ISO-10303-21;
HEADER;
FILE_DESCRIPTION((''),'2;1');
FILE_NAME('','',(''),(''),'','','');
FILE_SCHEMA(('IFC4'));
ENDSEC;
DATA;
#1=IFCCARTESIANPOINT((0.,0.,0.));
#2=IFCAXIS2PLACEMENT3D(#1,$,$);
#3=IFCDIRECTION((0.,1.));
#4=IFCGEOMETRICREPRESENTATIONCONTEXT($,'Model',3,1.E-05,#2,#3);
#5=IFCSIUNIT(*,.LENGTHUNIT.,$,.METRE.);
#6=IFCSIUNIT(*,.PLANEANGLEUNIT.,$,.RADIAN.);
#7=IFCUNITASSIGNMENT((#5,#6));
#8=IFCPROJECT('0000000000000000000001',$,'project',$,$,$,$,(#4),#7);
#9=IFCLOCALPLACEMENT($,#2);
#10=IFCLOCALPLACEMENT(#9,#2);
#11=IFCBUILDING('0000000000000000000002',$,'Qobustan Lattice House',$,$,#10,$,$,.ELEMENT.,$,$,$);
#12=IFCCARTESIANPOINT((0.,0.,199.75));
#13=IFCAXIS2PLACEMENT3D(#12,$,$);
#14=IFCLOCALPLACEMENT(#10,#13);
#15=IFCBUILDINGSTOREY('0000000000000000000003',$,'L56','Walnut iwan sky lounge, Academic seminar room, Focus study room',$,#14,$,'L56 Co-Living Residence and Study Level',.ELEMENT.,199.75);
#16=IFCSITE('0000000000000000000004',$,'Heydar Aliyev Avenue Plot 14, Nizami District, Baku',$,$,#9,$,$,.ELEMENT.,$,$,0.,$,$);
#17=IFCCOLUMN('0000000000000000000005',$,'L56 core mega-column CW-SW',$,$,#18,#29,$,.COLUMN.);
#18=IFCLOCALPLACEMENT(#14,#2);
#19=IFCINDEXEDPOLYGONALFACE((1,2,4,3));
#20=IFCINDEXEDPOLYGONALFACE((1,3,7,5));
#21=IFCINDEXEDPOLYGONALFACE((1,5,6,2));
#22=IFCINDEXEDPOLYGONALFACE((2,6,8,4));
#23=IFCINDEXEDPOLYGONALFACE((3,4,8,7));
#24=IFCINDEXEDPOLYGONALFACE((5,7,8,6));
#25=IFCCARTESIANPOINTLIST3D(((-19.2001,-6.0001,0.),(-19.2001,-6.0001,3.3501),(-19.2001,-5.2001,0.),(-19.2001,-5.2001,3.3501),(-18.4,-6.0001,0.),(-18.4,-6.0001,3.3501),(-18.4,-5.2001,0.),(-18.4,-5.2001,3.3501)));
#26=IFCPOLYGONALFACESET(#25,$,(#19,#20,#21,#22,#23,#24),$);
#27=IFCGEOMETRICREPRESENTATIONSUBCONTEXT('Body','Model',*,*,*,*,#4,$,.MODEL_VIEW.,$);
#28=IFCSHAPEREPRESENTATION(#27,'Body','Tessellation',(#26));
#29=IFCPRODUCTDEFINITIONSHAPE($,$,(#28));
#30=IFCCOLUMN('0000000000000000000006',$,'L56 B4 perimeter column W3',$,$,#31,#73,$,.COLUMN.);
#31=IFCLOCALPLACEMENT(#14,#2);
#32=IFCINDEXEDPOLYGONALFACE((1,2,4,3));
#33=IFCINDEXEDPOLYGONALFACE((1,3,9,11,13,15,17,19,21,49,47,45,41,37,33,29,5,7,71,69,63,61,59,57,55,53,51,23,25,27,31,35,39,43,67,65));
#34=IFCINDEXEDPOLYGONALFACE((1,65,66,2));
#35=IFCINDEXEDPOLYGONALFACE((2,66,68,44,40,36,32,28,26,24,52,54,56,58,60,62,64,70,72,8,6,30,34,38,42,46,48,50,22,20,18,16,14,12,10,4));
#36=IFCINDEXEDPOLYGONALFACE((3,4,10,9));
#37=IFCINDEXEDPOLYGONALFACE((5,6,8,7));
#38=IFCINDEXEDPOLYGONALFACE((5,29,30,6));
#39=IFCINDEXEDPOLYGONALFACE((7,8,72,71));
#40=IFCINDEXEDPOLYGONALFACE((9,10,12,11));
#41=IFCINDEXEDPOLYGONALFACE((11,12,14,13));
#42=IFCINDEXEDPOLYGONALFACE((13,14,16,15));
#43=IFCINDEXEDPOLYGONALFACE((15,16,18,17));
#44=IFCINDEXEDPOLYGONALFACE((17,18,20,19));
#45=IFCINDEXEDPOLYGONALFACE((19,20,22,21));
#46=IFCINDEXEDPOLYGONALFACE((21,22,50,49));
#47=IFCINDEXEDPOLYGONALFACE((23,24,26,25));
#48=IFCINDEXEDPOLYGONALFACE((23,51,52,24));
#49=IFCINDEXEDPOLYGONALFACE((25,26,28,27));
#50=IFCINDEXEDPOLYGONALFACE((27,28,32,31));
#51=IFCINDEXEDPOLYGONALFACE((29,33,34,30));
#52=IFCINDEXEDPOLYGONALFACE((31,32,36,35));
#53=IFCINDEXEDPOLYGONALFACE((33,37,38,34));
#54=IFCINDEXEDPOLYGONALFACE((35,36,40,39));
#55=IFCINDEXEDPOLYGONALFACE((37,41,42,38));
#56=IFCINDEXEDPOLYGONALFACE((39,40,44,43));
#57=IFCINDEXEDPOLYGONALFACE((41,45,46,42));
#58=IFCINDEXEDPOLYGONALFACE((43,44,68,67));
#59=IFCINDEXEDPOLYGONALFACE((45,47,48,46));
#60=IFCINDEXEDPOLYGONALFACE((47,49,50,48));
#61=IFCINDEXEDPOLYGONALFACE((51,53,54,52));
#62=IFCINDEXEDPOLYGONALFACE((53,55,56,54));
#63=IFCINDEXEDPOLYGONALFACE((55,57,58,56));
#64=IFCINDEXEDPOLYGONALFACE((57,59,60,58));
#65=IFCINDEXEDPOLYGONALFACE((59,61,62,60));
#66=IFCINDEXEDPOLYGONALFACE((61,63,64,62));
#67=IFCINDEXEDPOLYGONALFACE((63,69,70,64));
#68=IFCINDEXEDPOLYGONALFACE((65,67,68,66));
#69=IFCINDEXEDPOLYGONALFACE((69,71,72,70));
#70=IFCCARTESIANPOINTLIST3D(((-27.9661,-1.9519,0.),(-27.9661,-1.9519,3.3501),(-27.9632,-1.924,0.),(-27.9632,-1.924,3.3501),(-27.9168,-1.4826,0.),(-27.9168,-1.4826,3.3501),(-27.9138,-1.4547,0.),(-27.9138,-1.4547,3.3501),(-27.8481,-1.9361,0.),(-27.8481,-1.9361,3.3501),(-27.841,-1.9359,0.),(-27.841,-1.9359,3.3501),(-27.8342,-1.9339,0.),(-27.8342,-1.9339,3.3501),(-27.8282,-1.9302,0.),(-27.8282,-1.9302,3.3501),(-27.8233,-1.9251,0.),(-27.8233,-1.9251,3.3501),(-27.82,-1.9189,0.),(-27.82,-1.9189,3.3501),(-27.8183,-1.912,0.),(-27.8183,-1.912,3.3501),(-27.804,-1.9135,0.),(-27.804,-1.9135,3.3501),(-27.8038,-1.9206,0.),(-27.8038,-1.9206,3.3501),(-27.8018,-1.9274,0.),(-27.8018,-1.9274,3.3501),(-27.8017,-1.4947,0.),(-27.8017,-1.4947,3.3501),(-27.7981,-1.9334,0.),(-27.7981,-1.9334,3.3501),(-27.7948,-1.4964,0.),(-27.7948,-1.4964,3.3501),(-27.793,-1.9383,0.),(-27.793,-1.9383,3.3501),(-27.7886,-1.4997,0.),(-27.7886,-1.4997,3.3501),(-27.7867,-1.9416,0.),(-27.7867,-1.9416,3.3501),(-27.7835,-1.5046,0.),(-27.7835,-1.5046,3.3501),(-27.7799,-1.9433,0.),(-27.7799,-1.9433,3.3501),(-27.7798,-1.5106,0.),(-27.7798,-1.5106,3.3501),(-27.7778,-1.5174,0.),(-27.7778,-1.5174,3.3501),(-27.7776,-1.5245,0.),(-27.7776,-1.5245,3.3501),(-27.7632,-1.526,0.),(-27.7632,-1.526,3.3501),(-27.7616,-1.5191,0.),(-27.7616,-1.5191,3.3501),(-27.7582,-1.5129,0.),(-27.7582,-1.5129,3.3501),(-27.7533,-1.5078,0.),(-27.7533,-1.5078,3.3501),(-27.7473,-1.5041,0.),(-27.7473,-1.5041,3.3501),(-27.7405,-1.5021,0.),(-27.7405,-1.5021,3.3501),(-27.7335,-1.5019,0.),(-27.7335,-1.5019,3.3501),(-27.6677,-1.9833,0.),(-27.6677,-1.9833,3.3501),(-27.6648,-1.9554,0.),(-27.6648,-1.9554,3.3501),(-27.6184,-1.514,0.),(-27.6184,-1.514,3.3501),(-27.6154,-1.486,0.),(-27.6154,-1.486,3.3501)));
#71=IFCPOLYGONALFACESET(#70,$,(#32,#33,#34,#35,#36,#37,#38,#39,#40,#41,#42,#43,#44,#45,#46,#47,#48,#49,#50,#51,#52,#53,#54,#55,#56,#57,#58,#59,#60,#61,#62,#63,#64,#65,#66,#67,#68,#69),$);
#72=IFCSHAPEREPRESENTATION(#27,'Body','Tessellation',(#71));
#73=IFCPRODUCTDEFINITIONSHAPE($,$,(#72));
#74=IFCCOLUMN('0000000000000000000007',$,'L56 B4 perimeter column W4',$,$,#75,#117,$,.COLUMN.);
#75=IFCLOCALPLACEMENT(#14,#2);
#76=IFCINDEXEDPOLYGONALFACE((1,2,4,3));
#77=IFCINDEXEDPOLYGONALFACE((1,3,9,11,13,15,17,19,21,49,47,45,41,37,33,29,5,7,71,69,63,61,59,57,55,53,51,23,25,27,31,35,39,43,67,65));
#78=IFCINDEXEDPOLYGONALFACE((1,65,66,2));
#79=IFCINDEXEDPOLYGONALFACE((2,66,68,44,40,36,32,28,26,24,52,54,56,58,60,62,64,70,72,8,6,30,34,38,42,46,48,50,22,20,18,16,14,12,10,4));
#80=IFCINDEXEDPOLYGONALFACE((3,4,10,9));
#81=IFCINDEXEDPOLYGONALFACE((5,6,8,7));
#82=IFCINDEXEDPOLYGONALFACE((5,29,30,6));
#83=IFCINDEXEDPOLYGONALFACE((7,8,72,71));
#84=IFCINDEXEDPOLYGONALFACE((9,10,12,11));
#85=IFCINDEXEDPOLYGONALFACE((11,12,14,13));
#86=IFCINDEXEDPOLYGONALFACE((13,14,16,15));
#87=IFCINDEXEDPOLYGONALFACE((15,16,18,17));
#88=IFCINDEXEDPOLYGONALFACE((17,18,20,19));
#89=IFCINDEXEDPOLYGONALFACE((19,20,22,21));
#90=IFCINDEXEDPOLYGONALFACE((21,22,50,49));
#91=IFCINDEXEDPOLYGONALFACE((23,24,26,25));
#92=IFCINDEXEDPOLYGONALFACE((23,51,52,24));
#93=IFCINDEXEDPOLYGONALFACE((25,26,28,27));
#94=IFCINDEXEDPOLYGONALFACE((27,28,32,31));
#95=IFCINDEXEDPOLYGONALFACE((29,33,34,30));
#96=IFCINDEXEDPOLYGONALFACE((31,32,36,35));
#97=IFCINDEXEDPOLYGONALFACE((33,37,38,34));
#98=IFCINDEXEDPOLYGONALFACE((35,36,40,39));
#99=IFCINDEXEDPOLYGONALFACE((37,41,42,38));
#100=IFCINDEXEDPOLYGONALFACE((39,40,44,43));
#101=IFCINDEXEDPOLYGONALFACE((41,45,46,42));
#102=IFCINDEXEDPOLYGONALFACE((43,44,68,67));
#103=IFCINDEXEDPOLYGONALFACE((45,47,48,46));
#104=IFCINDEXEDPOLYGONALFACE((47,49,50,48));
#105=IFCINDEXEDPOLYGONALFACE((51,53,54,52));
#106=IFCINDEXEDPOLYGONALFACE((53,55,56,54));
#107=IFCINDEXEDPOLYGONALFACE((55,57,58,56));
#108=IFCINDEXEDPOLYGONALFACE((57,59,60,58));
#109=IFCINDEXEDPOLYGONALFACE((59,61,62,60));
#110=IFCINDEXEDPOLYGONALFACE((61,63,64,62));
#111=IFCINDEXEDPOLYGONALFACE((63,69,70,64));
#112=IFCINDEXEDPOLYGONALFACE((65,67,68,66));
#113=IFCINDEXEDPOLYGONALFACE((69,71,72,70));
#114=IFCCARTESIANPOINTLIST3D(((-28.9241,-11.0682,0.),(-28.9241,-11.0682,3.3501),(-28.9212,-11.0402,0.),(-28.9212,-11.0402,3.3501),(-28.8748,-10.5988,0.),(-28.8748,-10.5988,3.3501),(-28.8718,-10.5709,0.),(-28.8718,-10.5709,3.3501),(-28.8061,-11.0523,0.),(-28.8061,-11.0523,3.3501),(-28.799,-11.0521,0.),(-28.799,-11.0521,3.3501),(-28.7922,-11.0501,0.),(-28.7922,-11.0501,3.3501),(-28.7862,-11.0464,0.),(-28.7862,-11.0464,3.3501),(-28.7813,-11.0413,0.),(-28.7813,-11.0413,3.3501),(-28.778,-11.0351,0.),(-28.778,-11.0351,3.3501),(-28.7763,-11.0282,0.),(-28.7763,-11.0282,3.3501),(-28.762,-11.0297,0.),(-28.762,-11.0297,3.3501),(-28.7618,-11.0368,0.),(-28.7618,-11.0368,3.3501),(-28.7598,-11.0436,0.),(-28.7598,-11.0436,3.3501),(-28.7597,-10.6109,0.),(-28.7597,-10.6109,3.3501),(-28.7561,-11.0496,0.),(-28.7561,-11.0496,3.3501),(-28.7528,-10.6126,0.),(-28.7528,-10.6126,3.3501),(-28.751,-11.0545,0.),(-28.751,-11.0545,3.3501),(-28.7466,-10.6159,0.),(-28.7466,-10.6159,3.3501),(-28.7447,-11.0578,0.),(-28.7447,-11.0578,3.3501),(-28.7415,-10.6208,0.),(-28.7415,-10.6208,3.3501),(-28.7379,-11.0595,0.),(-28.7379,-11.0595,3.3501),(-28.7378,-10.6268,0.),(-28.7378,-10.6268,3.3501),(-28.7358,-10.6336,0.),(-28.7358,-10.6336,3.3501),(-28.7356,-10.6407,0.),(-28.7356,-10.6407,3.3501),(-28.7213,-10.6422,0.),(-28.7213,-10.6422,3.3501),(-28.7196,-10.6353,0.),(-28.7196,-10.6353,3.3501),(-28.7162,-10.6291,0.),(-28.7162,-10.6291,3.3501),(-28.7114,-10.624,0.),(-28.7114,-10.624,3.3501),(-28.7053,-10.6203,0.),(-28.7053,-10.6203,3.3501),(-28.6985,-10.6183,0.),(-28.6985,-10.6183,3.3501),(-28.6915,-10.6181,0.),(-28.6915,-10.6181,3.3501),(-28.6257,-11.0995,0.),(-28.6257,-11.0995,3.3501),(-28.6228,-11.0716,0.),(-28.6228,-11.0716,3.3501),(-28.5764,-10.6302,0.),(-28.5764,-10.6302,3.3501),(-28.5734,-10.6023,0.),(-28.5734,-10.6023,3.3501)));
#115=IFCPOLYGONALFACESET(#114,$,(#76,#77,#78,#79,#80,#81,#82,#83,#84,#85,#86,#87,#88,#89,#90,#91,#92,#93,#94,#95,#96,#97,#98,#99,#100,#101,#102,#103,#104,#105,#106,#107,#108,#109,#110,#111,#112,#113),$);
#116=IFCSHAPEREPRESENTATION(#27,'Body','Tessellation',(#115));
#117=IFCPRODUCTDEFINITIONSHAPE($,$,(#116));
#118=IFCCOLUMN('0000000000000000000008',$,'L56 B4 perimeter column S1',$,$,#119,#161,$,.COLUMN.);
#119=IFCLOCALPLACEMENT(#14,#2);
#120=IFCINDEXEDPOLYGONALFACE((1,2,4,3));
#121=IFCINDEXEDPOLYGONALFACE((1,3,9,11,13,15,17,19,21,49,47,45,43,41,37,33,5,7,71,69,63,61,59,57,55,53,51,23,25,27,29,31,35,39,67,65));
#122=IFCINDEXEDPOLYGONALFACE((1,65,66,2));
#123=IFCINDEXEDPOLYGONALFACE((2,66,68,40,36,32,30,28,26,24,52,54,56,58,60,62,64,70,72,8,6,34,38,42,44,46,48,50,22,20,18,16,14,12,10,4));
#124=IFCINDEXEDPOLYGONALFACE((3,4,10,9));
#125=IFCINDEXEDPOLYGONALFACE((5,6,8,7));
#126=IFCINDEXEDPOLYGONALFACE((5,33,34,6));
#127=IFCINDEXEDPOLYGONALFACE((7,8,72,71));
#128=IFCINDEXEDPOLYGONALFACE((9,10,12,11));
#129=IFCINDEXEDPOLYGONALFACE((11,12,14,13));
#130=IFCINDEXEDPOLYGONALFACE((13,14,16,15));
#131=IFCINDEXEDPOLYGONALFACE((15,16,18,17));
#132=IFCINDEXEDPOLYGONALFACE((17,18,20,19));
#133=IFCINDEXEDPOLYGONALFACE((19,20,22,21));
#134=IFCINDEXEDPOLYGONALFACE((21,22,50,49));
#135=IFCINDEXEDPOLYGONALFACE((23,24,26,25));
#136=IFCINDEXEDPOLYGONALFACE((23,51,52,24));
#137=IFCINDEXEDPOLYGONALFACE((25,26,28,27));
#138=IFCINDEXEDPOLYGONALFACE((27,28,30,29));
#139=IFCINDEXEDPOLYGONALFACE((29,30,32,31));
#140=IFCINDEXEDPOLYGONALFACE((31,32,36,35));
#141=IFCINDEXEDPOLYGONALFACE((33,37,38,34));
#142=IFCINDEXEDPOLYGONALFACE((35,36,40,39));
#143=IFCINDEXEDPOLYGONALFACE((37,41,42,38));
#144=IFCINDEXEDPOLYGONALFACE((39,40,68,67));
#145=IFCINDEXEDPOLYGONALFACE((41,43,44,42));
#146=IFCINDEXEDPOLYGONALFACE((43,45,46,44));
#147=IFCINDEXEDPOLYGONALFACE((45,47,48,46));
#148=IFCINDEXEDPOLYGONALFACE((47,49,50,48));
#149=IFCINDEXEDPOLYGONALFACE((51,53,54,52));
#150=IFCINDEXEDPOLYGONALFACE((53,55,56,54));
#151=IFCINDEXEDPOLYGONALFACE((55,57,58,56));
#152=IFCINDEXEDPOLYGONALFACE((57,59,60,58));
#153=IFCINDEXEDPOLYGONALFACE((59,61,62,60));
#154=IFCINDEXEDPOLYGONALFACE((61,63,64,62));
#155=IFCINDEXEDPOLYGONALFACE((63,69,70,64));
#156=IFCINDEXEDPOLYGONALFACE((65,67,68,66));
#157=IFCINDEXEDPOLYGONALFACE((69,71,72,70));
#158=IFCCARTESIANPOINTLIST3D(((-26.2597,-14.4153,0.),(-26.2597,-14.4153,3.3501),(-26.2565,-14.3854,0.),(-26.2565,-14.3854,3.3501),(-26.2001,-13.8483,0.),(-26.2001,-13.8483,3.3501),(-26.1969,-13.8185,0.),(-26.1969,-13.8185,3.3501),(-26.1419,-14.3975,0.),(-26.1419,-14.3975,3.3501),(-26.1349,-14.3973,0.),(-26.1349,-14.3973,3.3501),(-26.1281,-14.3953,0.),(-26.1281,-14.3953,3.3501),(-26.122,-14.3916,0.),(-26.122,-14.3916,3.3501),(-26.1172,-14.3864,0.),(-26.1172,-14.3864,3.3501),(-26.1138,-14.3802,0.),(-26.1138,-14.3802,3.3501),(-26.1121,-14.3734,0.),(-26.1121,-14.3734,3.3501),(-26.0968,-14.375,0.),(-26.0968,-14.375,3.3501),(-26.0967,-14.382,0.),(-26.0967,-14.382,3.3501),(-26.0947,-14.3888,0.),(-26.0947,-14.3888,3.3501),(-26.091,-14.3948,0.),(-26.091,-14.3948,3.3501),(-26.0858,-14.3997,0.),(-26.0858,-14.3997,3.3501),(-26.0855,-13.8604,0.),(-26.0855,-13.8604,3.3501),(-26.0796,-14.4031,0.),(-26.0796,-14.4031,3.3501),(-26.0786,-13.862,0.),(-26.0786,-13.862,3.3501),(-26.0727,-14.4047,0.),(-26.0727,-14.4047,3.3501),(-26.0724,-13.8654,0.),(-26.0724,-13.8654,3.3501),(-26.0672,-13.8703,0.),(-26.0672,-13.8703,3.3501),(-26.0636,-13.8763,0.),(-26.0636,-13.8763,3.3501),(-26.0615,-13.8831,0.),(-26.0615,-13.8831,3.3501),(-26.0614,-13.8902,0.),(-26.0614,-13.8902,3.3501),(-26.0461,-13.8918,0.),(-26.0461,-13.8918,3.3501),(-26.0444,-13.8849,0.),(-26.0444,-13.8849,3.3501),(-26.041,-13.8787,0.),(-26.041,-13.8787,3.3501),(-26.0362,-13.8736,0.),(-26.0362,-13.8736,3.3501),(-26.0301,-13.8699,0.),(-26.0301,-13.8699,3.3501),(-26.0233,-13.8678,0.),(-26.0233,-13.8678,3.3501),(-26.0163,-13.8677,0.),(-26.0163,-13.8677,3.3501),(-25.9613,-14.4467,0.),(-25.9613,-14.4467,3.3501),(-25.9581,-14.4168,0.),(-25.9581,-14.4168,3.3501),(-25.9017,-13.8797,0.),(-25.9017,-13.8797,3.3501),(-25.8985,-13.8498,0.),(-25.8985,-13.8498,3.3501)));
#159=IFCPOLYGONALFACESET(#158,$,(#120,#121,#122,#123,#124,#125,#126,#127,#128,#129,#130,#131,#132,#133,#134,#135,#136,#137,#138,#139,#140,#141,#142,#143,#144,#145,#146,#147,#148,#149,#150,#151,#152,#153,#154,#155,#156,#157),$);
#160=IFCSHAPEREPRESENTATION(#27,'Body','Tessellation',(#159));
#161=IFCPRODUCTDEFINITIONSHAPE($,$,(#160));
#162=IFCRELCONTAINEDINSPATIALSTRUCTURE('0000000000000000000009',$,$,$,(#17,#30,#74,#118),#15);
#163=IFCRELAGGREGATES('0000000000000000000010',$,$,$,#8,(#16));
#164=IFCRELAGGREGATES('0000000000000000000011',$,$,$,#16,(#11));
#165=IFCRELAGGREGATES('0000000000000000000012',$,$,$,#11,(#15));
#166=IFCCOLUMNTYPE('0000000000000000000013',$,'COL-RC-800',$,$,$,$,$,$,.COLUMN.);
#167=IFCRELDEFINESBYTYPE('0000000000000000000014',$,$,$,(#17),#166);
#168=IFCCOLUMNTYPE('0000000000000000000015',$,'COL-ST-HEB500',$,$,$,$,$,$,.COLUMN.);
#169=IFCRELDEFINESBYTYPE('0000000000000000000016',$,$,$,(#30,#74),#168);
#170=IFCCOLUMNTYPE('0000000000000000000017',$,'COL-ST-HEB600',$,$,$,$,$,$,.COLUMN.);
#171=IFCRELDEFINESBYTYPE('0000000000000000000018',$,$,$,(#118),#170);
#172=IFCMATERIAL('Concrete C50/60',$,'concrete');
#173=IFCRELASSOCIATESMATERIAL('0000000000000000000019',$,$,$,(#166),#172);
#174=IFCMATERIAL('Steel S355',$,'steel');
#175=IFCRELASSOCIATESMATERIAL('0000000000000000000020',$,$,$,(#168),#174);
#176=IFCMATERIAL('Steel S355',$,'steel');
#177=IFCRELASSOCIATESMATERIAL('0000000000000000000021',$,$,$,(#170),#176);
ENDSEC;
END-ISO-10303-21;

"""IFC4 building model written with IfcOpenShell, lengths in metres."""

from ifc_helpers import new_model, si_unit, direction, frame, origin, origin_2d, place, context, subcontext, project, spatial, rectangle, i_section, extrude, material, material_profile, profile_set, type_object, element, save


model = new_model("IFC4")

# Units and contexts
model_context = context("Model", 3, precision=1e-05, world=origin(), true_north=direction((0.0, 1.0)))
body_context = subcontext(model_context, "Body", "Model", "MODEL_VIEW")
ifc_project = project(units=[si_unit("LENGTHUNIT", "METRE"), si_unit("PLANEANGLEUNIT", "RADIAN")], contexts=[model_context])

# Site, building, storey
site_placement = place(None, origin())
site = spatial("IfcSite", under=ifc_project, at=site_placement, Name="Heydar Aliyev Avenue Plot 14, Nizami District, Baku", CompositionType="ELEMENT", RefElevation=0.0)
building_placement = place(site_placement, origin())
building = spatial("IfcBuilding", under=site, at=building_placement, Name="Qobustan Lattice House", CompositionType="ELEMENT")
storey_placement = place(building_placement, frame((0.0, 0.0, 199.75)))
storey = spatial("IfcBuildingStorey", under=building, at=storey_placement, Name="L56", Description="Walnut iwan sky lounge, Academic seminar room, Focus study room", LongName="L56 Co-Living Residence and Study Level", CompositionType="ELEMENT", Elevation=199.75)

# Columns
ifc_material_1 = material(Name="Concrete C50/60", Category="concrete")
ifc_material_profile_1 = material_profile(ifc_material_1, rectangle(XDim=0.8, YDim=0.8, at=origin_2d()), Name="RC800x800")
ifc_profile_set_1 = profile_set([ifc_material_profile_1], Name="Concrete C50/60")
column_type_1 = type_object("IfcColumnType", Name="COL-RC-800", PredefinedType="COLUMN", material=ifc_profile_set_1)
column_placement = place(storey_placement, frame((-18.8, -5.6001, 0.0), z_axis=(0.0, 0.0, 1.0), x_axis=(1.0, 0.0, 0.0)))
element("IfcColumn", 1, at=column_placement, inside=storey, type_object=column_type_1, Name="L56 core mega-column CW-SW", PredefinedType="COLUMN", context=body_context, shape_type="SweptSolid", body=[
    extrude(rectangle(XDim=0.8, YDim=0.8, at=origin_2d()), origin(), (0.0, 0.0, 1.0), 3.3501),
])
ifc_material_2 = material(Name="Steel S355", Category="steel")
ifc_material_profile_2 = material_profile(ifc_material_2, i_section(OverallWidth=0.3, OverallDepth=0.5, WebThickness=0.0144, FlangeThickness=0.0281, FilletRadius=0.0271, at=origin_2d()), Name="HEB500")
ifc_profile_set_2 = profile_set([ifc_material_profile_2], Name="Steel S355")
column_type_2 = type_object("IfcColumnType", Name="COL-ST-HEB500", PredefinedType="COLUMN", material=ifc_profile_set_2)
for number, where, z_axis, x_axis, name in (
    (2, (-27.7908, -1.719, 0.0), (0.0, 0.0, 1.0), (0.994522, -0.104528, 0.0), "L56 B4 perimeter column W3"),
    (3, (-28.7488, -10.8352, 0.0), (0.0, 0.0, 1.0), (0.994522, -0.104528, 0.0), "L56 B4 perimeter column W4"),
):
    element("IfcColumn", number, at=place(storey_placement, frame(where, z_axis=z_axis, x_axis=x_axis)), inside=storey, type_object=column_type_2, Name=name, PredefinedType="COLUMN", context=body_context, shape_type="SweptSolid", body=[
        extrude(i_section(OverallWidth=0.3, OverallDepth=0.5, WebThickness=0.0144, FlangeThickness=0.0281, FilletRadius=0.0271, at=origin_2d()), origin(), (0.0, 0.0, 1.0), 3.3501),
    ])
ifc_material_3 = material(Name="Steel S355", Category="steel")
ifc_material_profile_3 = material_profile(ifc_material_3, i_section(OverallWidth=0.3, OverallDepth=0.6001, WebThickness=0.0154, FlangeThickness=0.03, FilletRadius=0.0271, at=origin_2d()), Name="HEB600")
ifc_profile_set_3 = profile_set([ifc_material_profile_3], Name="Steel S355")
column_type_3 = type_object("IfcColumnType", Name="COL-ST-HEB600", PredefinedType="COLUMN", material=ifc_profile_set_3)
for number, where, z_axis, x_axis, name in (
    (4, (-26.0791, -14.1326, 0.0), (0.0, 0.0, 1.0), (0.994522, -0.104528, 0.0), "L56 B4 perimeter column S1"),
):
    element("IfcColumn", number, at=place(storey_placement, frame(where, z_axis=z_axis, x_axis=x_axis)), inside=storey, type_object=column_type_3, Name=name, PredefinedType="COLUMN", context=body_context, shape_type="SweptSolid", body=[
        extrude(i_section(OverallWidth=0.3, OverallDepth=0.6001, WebThickness=0.0154, FlangeThickness=0.03, FilletRadius=0.0271, at=origin_2d()), origin(), (0.0, 0.0, 1.0), 3.3501),
    ])

save(model, "model.ifc")
